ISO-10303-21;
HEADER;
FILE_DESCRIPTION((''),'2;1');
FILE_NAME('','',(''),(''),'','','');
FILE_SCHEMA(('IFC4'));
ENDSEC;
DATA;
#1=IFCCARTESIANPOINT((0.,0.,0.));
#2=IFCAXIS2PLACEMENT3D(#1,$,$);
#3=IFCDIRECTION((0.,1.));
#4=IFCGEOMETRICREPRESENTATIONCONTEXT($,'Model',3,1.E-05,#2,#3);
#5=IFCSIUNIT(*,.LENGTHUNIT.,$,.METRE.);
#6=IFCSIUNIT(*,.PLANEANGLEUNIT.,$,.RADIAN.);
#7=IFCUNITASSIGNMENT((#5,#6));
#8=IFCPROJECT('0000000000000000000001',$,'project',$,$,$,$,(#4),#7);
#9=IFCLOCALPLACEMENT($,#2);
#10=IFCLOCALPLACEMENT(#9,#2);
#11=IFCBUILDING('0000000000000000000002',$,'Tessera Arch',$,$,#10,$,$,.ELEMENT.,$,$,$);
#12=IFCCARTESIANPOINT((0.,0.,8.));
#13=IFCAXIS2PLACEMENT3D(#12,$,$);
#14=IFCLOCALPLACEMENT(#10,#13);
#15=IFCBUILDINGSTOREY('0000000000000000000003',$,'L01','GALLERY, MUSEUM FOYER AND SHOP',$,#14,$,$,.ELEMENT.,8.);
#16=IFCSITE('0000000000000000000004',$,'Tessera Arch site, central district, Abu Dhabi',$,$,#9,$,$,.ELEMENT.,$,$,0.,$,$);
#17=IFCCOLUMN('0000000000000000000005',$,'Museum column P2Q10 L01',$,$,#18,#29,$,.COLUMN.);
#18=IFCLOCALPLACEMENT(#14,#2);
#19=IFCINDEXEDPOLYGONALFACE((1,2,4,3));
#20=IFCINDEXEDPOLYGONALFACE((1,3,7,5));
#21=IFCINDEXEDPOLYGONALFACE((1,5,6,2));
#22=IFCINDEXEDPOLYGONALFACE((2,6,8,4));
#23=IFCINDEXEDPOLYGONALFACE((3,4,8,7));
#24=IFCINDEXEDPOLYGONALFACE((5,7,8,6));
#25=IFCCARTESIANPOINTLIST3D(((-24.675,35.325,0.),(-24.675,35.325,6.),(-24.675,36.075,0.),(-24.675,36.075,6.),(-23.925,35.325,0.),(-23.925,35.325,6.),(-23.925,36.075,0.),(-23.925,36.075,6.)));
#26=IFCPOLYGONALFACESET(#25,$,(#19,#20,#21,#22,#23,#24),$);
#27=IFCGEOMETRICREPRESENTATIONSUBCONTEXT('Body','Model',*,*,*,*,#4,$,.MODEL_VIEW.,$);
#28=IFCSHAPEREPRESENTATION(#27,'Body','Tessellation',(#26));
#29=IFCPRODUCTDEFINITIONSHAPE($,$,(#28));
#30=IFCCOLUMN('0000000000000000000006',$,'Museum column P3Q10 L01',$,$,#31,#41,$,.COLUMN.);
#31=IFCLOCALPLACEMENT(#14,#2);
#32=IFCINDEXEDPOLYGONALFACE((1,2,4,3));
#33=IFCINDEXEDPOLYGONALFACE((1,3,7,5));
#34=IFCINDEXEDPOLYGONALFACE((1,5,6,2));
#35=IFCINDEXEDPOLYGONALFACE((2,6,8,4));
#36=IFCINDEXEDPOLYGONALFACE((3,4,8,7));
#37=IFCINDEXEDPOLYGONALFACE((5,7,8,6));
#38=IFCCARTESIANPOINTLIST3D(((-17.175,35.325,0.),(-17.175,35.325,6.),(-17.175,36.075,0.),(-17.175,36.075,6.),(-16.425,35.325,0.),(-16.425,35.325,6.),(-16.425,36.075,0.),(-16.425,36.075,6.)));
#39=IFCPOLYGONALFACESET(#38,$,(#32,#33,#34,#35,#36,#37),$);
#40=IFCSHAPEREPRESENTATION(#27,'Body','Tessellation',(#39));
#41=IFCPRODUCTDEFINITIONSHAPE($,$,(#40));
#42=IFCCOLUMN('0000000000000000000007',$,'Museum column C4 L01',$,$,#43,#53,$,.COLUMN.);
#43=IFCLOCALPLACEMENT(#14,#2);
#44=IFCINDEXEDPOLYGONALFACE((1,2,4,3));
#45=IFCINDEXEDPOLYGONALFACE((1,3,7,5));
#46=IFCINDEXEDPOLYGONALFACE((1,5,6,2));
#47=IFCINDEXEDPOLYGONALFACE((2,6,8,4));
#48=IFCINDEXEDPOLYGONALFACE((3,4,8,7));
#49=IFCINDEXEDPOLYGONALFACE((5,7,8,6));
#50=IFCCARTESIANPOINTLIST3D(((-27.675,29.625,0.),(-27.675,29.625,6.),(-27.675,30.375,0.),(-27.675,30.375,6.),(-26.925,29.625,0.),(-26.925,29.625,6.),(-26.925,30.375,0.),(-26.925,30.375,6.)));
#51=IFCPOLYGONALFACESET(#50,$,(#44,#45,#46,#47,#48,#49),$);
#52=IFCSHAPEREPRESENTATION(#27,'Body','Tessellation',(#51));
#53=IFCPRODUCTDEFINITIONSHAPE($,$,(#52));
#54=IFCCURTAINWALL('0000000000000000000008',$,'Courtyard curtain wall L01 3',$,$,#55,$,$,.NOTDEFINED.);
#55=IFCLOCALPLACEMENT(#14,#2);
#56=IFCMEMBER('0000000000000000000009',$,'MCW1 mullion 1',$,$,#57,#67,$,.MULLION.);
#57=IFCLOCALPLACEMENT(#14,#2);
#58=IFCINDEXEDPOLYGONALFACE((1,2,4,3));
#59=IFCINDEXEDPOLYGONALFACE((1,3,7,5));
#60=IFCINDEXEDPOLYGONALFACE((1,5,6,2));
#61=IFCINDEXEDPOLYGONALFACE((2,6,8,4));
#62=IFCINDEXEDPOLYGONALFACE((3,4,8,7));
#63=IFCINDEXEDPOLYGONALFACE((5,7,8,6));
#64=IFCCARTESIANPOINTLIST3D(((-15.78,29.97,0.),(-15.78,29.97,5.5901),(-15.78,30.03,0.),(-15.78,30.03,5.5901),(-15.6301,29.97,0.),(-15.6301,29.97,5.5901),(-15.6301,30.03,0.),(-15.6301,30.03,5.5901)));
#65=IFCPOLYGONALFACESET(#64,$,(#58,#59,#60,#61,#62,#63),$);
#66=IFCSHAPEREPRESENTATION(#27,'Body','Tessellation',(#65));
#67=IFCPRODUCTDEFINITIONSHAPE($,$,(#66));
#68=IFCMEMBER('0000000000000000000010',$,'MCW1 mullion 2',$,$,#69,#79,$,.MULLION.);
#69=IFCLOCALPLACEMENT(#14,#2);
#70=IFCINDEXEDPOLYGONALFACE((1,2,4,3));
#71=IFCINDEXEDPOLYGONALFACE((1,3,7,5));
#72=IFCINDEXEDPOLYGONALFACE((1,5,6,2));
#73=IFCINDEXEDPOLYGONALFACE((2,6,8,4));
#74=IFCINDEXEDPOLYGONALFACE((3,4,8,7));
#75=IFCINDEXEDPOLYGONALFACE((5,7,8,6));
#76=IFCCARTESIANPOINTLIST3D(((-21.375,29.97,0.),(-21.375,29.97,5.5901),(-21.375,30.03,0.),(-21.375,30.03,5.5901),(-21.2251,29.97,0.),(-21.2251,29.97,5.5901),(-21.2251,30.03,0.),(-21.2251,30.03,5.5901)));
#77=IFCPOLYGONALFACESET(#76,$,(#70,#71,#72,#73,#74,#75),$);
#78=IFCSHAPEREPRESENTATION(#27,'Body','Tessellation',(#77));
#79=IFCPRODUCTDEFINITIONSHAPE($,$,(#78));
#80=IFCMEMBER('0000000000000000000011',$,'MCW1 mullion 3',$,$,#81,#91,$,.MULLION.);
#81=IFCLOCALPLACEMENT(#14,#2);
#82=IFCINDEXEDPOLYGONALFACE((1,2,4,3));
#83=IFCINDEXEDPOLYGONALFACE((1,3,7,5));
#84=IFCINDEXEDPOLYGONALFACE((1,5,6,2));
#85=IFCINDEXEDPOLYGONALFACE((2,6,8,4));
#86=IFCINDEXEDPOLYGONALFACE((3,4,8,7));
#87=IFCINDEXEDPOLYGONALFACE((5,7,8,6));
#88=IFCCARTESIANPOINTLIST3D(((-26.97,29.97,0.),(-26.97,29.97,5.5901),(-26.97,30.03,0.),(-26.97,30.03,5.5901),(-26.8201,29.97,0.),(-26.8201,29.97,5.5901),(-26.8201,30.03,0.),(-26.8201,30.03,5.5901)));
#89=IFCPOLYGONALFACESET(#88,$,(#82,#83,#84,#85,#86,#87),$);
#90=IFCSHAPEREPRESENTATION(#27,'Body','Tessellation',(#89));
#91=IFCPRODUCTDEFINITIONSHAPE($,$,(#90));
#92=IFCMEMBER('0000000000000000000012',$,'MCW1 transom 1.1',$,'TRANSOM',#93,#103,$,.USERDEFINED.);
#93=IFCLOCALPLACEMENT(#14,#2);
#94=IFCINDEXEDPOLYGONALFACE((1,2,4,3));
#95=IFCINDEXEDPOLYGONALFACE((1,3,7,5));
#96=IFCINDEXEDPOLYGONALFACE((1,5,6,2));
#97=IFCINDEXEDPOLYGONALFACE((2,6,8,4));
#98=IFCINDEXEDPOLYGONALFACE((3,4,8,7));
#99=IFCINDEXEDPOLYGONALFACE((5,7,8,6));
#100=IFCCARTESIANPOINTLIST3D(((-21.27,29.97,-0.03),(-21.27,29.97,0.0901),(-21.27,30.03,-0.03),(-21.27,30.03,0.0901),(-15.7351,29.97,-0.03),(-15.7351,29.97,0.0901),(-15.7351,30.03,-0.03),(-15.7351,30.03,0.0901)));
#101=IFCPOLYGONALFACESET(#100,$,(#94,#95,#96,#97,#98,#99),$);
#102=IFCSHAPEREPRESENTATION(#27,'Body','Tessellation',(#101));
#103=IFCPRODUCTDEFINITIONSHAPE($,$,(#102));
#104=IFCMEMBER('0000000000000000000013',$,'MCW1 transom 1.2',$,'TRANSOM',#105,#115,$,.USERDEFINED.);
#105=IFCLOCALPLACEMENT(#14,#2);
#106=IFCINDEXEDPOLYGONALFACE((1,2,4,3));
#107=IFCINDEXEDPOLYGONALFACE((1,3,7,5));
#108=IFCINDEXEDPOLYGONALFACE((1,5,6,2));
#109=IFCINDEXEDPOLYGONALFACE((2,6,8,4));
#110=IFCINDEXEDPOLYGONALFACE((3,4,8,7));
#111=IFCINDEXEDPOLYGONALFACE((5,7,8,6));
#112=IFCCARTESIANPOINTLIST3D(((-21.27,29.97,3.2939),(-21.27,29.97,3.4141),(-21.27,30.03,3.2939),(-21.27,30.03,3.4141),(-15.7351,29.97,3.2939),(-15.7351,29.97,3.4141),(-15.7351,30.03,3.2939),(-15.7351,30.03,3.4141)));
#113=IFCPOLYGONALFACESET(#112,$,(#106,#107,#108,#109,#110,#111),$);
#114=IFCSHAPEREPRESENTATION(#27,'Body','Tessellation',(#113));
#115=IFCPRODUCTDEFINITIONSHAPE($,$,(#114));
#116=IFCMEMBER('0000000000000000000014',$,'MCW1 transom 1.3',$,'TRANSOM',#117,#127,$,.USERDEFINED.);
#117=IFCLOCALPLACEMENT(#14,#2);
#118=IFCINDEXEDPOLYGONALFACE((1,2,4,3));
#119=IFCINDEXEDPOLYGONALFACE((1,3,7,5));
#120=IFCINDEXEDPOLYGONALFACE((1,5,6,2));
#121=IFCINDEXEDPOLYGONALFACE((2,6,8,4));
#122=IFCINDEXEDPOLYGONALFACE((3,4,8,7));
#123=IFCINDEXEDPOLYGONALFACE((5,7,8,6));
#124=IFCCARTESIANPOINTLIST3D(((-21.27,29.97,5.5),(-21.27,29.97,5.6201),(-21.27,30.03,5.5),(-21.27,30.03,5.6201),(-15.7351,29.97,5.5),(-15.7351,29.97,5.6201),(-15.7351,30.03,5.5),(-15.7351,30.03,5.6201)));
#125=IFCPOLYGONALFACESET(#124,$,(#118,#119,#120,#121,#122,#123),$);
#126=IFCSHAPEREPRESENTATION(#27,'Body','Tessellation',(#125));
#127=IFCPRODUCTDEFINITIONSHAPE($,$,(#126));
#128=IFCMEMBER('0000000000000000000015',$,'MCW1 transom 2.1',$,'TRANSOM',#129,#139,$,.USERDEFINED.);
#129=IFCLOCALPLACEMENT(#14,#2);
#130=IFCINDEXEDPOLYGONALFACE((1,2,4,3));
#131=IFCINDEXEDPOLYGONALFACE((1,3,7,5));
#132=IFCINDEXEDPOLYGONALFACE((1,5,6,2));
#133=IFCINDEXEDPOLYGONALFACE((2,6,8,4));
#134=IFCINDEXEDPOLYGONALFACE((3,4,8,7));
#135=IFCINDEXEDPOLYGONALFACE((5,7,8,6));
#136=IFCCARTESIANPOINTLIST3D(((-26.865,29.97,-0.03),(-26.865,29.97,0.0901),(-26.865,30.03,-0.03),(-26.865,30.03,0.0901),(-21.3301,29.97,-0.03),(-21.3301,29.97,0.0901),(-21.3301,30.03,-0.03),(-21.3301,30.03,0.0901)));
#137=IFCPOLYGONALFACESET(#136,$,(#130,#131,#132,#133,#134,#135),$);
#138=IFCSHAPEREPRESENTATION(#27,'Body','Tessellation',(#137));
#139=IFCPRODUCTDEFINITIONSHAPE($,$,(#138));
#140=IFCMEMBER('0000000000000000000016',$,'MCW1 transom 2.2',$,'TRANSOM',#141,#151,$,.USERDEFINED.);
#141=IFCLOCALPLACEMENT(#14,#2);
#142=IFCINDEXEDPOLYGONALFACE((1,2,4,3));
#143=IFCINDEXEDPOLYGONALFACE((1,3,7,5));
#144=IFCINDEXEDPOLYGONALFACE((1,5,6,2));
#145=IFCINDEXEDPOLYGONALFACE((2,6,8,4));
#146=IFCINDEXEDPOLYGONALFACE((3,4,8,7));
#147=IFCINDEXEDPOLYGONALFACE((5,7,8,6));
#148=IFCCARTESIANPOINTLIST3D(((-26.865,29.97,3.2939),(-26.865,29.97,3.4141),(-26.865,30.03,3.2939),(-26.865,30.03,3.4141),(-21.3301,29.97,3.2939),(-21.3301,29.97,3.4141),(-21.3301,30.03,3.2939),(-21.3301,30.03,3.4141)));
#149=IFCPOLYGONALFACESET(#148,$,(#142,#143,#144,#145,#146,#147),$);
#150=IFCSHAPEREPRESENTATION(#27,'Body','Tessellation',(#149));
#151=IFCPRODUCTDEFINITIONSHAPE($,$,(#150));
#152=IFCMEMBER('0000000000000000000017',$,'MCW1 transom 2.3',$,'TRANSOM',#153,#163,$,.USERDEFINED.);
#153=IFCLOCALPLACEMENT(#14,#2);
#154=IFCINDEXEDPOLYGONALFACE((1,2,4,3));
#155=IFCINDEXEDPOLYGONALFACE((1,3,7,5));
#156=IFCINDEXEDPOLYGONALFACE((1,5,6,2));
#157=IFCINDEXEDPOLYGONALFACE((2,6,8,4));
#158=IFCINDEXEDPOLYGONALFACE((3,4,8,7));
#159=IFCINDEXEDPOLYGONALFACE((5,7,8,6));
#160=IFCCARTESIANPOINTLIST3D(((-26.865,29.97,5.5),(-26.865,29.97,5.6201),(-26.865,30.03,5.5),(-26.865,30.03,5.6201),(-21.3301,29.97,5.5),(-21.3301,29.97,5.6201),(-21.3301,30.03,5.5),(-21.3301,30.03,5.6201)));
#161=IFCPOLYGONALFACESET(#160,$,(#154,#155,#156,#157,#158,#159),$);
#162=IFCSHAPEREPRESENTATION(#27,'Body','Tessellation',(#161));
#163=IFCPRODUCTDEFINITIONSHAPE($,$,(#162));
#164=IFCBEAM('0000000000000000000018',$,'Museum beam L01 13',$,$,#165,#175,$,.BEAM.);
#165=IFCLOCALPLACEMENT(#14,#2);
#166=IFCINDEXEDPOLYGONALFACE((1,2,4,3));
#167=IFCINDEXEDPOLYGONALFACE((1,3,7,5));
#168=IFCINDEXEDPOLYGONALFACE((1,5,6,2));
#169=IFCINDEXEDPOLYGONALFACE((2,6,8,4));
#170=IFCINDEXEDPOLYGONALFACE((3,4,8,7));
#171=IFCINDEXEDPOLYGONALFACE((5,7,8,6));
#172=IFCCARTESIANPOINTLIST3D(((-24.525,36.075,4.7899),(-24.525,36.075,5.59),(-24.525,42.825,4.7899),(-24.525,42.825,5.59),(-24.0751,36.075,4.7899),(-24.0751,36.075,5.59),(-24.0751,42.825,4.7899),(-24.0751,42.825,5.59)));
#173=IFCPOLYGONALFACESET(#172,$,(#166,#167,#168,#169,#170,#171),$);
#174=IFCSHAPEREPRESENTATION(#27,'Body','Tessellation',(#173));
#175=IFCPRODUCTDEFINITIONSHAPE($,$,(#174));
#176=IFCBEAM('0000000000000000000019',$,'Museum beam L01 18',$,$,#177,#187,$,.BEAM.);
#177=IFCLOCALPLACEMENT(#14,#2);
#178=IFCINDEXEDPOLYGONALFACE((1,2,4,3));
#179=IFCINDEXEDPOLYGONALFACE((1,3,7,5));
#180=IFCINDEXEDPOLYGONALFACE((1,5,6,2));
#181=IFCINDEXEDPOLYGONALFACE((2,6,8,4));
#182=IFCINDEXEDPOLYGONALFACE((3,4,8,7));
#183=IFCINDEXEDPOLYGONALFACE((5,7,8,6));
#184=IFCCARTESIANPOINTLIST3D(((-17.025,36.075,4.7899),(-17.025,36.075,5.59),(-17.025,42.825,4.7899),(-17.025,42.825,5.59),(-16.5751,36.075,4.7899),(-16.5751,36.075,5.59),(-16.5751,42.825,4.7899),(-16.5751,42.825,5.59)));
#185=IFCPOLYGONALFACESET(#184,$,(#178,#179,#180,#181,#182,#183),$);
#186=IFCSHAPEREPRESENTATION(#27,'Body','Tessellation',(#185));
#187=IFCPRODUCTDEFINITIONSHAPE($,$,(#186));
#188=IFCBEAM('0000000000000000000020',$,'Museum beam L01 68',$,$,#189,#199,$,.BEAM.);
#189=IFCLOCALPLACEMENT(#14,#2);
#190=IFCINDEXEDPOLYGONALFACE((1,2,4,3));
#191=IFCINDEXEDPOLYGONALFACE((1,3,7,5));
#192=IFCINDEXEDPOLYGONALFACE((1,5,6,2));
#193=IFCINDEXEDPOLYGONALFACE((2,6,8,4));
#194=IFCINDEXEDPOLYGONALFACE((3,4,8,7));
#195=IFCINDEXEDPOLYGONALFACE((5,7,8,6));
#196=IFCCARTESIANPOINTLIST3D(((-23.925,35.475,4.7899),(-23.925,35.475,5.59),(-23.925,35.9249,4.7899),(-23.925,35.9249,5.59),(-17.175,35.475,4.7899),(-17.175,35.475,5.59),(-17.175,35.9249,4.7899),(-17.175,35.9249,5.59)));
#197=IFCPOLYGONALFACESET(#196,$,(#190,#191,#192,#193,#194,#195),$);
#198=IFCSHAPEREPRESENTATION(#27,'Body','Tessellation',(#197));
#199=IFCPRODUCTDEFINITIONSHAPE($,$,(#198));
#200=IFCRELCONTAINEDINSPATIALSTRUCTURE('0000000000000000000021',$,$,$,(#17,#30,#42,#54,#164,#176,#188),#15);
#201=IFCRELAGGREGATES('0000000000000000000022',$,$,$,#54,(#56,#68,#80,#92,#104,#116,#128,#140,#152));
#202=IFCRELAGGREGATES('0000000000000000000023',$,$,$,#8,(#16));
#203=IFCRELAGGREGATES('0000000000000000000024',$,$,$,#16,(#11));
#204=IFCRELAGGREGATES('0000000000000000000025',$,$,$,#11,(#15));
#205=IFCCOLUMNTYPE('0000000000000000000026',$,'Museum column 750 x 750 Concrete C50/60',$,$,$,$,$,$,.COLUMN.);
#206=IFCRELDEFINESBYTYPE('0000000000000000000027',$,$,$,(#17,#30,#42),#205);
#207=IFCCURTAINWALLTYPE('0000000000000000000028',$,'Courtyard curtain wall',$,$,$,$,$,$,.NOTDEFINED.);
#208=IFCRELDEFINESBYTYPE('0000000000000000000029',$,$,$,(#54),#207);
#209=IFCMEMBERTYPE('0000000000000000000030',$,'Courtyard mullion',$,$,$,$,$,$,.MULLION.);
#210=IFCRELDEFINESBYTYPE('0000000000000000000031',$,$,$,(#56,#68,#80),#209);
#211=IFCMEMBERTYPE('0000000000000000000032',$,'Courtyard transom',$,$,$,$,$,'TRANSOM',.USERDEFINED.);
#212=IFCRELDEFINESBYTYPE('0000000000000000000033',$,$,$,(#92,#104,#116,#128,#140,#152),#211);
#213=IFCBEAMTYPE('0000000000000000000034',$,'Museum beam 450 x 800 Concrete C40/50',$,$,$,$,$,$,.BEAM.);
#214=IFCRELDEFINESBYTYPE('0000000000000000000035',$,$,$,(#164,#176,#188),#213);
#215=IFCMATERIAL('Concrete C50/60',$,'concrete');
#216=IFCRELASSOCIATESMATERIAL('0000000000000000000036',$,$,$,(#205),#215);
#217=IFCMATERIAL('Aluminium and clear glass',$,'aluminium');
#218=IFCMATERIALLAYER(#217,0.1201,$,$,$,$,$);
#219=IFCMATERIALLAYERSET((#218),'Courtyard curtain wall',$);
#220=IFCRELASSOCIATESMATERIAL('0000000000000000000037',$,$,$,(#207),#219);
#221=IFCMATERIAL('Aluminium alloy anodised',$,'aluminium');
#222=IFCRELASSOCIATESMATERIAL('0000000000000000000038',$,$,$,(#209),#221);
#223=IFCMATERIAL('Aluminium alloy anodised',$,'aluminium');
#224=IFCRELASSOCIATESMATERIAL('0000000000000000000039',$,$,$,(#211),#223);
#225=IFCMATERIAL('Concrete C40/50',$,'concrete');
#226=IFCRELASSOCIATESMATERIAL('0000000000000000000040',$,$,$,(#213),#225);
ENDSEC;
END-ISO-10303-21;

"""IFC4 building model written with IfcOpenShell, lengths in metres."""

from ifc_helpers import new_model, si_unit, direction, frame, origin, origin_2d, place, context, subcontext, project, spatial, rectangle, extrude, material, layer, layer_set, material_profile, profile_set, type_object, element, aggregate, save


model = new_model("IFC4")

# Units and contexts
model_context = context("Model", 3, precision=1e-05, world=origin(), true_north=direction((0.0, 1.0)))
body_context = subcontext(model_context, "Body", "Model", "MODEL_VIEW")
ifc_project = project(units=[si_unit("LENGTHUNIT", "METRE"), si_unit("PLANEANGLEUNIT", "RADIAN")], contexts=[model_context])

# Site, building, storey
site_placement = place(None, origin())
site = spatial("IfcSite", under=ifc_project, at=site_placement, Name="Tessera Arch site, central district, Abu Dhabi", CompositionType="ELEMENT", RefElevation=0.0)
building_placement = place(site_placement, origin())
building = spatial("IfcBuilding", under=site, at=building_placement, Name="Tessera Arch", CompositionType="ELEMENT")
storey_placement = place(building_placement, frame((0.0, 0.0, 8.0)))
storey = spatial("IfcBuildingStorey", under=building, at=storey_placement, Name="L01", Description="GALLERY, MUSEUM FOYER AND SHOP", CompositionType="ELEMENT", Elevation=8.0)

# Columns
ifc_material_1 = material(Name="Concrete C50/60", Category="concrete")
ifc_material_profile_1 = material_profile(ifc_material_1, rectangle(XDim=0.75, YDim=0.75, at=origin_2d()), Name="Museum column 750 x 750 Concrete C50/60")
ifc_profile_set_1 = profile_set([ifc_material_profile_1], Name="Concrete C50/60")
column_type = type_object("IfcColumnType", Name="Museum column 750 x 750 Concrete C50/60", PredefinedType="COLUMN", material=ifc_profile_set_1)
for number, where, z_axis, x_axis, name in (
    (1, (-24.3, 35.7, 0.0), (0.0, 0.0, 1.0), (1.0, 0.0, 0.0), "Museum column P2Q10 L01"),
    (2, (-16.8, 35.7, 0.0), (0.0, 0.0, 1.0), (1.0, 0.0, 0.0), "Museum column P3Q10 L01"),
    (3, (-27.3, 30.0, 0.0), (0.0, 0.0, 1.0), (1.0, 0.0, 0.0), "Museum column C4 L01"),
):
    element("IfcColumn", number, at=place(storey_placement, frame(where, z_axis=z_axis, x_axis=x_axis)), inside=storey, type_object=column_type, Name=name, PredefinedType="COLUMN", context=body_context, shape_type="SweptSolid", body=[
        extrude(rectangle(XDim=0.75, YDim=0.75, at=origin_2d()), origin(), (0.0, 0.0, 1.0), 6.0),
    ])

# Curtain wall, members
ifc_material_2 = material(Name="Aluminium and clear glass", Category="aluminium")
ifc_layer_1 = layer(ifc_material_2, 0.1201)
ifc_layer_set_1 = layer_set([ifc_layer_1], Name="Courtyard curtain wall")
curtain_wall_type = type_object("IfcCurtainWallType", Name="Courtyard curtain wall", PredefinedType="NOTDEFINED", material=ifc_layer_set_1)
curtain_wall_placement = place(storey_placement, origin())
curtain_wall = element("IfcCurtainWall", 4, at=curtain_wall_placement, inside=storey, type_object=curtain_wall_type, Name="Courtyard curtain wall L01 3", PredefinedType="NOTDEFINED")
ifc_material_3 = material(Name="Aluminium alloy anodised", Category="aluminium")
ifc_material_profile_2 = material_profile(ifc_material_3, rectangle(XDim=0.0601, YDim=0.1499, at=origin_2d()), Name="Courtyard mullion")
ifc_profile_set_2 = profile_set([ifc_material_profile_2], Name="Aluminium alloy anodised")
member_type_1 = type_object("IfcMemberType", Name="Courtyard mullion", PredefinedType="MULLION", material=ifc_profile_set_2)
member_1_placement = place(storey_placement, frame((-15.7051, 30.0, 0.0), z_axis=(0.0, 0.0, 1.0), x_axis=(0.0, -1.0, 0.0)))
member_1 = element("IfcMember", 5, at=member_1_placement, type_object=member_type_1, Name="MCW1 mullion 1", PredefinedType="MULLION", context=body_context, shape_type="SweptSolid", body=[
    extrude(rectangle(XDim=0.0601, YDim=0.1499, at=origin_2d()), origin(), (0.0, 0.0, 1.0), 5.5901),
])
member_2_placement = place(storey_placement, frame((-21.3, 30.0, 0.0), z_axis=(0.0, 0.0, 1.0), x_axis=(0.0, -1.0, 0.0)))
member_2 = element("IfcMember", 6, at=member_2_placement, type_object=member_type_1, Name="MCW1 mullion 2", PredefinedType="MULLION", context=body_context, shape_type="SweptSolid", body=[
    extrude(rectangle(XDim=0.0601, YDim=0.1499, at=origin_2d()), origin(), (0.0, 0.0, 1.0), 5.5901),
])
member_3_placement = place(storey_placement, frame((-26.895, 30.0, 0.0), z_axis=(0.0, 0.0, 1.0), x_axis=(0.0, -1.0, 0.0)))
member_3 = element("IfcMember", 7, at=member_3_placement, type_object=member_type_1, Name="MCW1 mullion 3", PredefinedType="MULLION", context=body_context, shape_type="SweptSolid", body=[
    extrude(rectangle(XDim=0.0601, YDim=0.1499, at=origin_2d()), origin(), (0.0, 0.0, 1.0), 5.5901),
])
ifc_material_4 = material(Name="Aluminium alloy anodised", Category="aluminium")
ifc_material_profile_3 = material_profile(ifc_material_4, rectangle(XDim=0.0601, YDim=0.1201, at=origin_2d()), Name="Courtyard transom")
ifc_profile_set_3 = profile_set([ifc_material_profile_3], Name="Aluminium alloy anodised")
member_type_2 = type_object("IfcMemberType", Name="Courtyard transom", ElementType="TRANSOM", PredefinedType="USERDEFINED", material=ifc_profile_set_3)
member_4_placement = place(storey_placement, frame((-15.7351, 30.0, 0.03), z_axis=(-1.0, 0.0, 0.0), x_axis=(0.0, -1.0, 0.0)))
member_4 = element("IfcMember", 8, at=member_4_placement, type_object=member_type_2, Name="MCW1 transom 1.1", ObjectType="TRANSOM", PredefinedType="USERDEFINED", context=body_context, shape_type="SweptSolid", body=[
    extrude(rectangle(XDim=0.0601, YDim=0.1201, at=origin_2d()), origin(), (0.0, 0.0, 1.0), 5.5349),
])
member_5_placement = place(storey_placement, frame((-15.7351, 30.0, 3.354), z_axis=(-1.0, 0.0, 0.0), x_axis=(0.0, -1.0, 0.0)))
member_5 = element("IfcMember", 9, at=member_5_placement, type_object=member_type_2, Name="MCW1 transom 1.2", ObjectType="TRANSOM", PredefinedType="USERDEFINED", context=body_context, shape_type="SweptSolid", body=[
    extrude(rectangle(XDim=0.0601, YDim=0.1201, at=origin_2d()), origin(), (0.0, 0.0, 1.0), 5.5349),
])
member_6_placement = place(storey_placement, frame((-15.7351, 30.0, 5.5601), z_axis=(-1.0, 0.0, 0.0), x_axis=(0.0, -1.0, 0.0)))
member_6 = element("IfcMember", 10, at=member_6_placement, type_object=member_type_2, Name="MCW1 transom 1.3", ObjectType="TRANSOM", PredefinedType="USERDEFINED", context=body_context, shape_type="SweptSolid", body=[
    extrude(rectangle(XDim=0.0601, YDim=0.1201, at=origin_2d()), origin(), (0.0, 0.0, 1.0), 5.5349),
])
member_7_placement = place(storey_placement, frame((-21.3301, 30.0, 0.03), z_axis=(-1.0, 0.0, 0.0), x_axis=(0.0, -1.0, 0.0)))
member_7 = element("IfcMember", 11, at=member_7_placement, type_object=member_type_2, Name="MCW1 transom 2.1", ObjectType="TRANSOM", PredefinedType="USERDEFINED", context=body_context, shape_type="SweptSolid", body=[
    extrude(rectangle(XDim=0.0601, YDim=0.1201, at=origin_2d()), origin(), (0.0, 0.0, 1.0), 5.5349),
])
member_8_placement = place(storey_placement, frame((-21.3301, 30.0, 3.354), z_axis=(-1.0, 0.0, 0.0), x_axis=(0.0, -1.0, 0.0)))
member_8 = element("IfcMember", 12, at=member_8_placement, type_object=member_type_2, Name="MCW1 transom 2.2", ObjectType="TRANSOM", PredefinedType="USERDEFINED", context=body_context, shape_type="SweptSolid", body=[
    extrude(rectangle(XDim=0.0601, YDim=0.1201, at=origin_2d()), origin(), (0.0, 0.0, 1.0), 5.5349),
])
member_9_placement = place(storey_placement, frame((-21.3301, 30.0, 5.5601), z_axis=(-1.0, 0.0, 0.0), x_axis=(0.0, -1.0, 0.0)))
member_9 = element("IfcMember", 13, at=member_9_placement, type_object=member_type_2, Name="MCW1 transom 2.3", ObjectType="TRANSOM", PredefinedType="USERDEFINED", context=body_context, shape_type="SweptSolid", body=[
    extrude(rectangle(XDim=0.0601, YDim=0.1201, at=origin_2d()), origin(), (0.0, 0.0, 1.0), 5.5349),
])

# Beams
ifc_material_5 = material(Name="Concrete C40/50", Category="concrete")
ifc_material_profile_4 = material_profile(ifc_material_5, rectangle(XDim=0.45, YDim=0.8, at=origin_2d()), Name="Museum beam 450 x 800 Concrete C40/50")
ifc_profile_set_4 = profile_set([ifc_material_profile_4], Name="Concrete C40/50")
beam_type = type_object("IfcBeamType", Name="Museum beam 450 x 800 Concrete C40/50", PredefinedType="BEAM", material=ifc_profile_set_4)
for number, where, z_axis, x_axis, name in (
    (14, (-24.3, 36.075, 5.1899), (0.0, 1.0, 0.0), (-1.0, 0.0, 0.0), "Museum beam L01 13"),
    (15, (-16.8, 36.075, 5.1899), (0.0, 1.0, 0.0), (-1.0, 0.0, 0.0), "Museum beam L01 18"),
    (16, (-23.925, 35.7, 5.1899), (1.0, 0.0, 0.0), (0.0, 1.0, 0.0), "Museum beam L01 68"),
):
    element("IfcBeam", number, at=place(storey_placement, frame(where, z_axis=z_axis, x_axis=x_axis)), inside=storey, type_object=beam_type, Name=name, PredefinedType="BEAM", context=body_context, shape_type="SweptSolid", body=[
        extrude(rectangle(XDim=0.45, YDim=0.8, at=origin_2d()), origin(), (0.0, 0.0, 1.0), 6.75),
    ])

aggregate(curtain_wall, [member_1, member_2, member_3, member_4, member_5, member_6, member_7, member_8, member_9])

save(model, "model.ifc")
